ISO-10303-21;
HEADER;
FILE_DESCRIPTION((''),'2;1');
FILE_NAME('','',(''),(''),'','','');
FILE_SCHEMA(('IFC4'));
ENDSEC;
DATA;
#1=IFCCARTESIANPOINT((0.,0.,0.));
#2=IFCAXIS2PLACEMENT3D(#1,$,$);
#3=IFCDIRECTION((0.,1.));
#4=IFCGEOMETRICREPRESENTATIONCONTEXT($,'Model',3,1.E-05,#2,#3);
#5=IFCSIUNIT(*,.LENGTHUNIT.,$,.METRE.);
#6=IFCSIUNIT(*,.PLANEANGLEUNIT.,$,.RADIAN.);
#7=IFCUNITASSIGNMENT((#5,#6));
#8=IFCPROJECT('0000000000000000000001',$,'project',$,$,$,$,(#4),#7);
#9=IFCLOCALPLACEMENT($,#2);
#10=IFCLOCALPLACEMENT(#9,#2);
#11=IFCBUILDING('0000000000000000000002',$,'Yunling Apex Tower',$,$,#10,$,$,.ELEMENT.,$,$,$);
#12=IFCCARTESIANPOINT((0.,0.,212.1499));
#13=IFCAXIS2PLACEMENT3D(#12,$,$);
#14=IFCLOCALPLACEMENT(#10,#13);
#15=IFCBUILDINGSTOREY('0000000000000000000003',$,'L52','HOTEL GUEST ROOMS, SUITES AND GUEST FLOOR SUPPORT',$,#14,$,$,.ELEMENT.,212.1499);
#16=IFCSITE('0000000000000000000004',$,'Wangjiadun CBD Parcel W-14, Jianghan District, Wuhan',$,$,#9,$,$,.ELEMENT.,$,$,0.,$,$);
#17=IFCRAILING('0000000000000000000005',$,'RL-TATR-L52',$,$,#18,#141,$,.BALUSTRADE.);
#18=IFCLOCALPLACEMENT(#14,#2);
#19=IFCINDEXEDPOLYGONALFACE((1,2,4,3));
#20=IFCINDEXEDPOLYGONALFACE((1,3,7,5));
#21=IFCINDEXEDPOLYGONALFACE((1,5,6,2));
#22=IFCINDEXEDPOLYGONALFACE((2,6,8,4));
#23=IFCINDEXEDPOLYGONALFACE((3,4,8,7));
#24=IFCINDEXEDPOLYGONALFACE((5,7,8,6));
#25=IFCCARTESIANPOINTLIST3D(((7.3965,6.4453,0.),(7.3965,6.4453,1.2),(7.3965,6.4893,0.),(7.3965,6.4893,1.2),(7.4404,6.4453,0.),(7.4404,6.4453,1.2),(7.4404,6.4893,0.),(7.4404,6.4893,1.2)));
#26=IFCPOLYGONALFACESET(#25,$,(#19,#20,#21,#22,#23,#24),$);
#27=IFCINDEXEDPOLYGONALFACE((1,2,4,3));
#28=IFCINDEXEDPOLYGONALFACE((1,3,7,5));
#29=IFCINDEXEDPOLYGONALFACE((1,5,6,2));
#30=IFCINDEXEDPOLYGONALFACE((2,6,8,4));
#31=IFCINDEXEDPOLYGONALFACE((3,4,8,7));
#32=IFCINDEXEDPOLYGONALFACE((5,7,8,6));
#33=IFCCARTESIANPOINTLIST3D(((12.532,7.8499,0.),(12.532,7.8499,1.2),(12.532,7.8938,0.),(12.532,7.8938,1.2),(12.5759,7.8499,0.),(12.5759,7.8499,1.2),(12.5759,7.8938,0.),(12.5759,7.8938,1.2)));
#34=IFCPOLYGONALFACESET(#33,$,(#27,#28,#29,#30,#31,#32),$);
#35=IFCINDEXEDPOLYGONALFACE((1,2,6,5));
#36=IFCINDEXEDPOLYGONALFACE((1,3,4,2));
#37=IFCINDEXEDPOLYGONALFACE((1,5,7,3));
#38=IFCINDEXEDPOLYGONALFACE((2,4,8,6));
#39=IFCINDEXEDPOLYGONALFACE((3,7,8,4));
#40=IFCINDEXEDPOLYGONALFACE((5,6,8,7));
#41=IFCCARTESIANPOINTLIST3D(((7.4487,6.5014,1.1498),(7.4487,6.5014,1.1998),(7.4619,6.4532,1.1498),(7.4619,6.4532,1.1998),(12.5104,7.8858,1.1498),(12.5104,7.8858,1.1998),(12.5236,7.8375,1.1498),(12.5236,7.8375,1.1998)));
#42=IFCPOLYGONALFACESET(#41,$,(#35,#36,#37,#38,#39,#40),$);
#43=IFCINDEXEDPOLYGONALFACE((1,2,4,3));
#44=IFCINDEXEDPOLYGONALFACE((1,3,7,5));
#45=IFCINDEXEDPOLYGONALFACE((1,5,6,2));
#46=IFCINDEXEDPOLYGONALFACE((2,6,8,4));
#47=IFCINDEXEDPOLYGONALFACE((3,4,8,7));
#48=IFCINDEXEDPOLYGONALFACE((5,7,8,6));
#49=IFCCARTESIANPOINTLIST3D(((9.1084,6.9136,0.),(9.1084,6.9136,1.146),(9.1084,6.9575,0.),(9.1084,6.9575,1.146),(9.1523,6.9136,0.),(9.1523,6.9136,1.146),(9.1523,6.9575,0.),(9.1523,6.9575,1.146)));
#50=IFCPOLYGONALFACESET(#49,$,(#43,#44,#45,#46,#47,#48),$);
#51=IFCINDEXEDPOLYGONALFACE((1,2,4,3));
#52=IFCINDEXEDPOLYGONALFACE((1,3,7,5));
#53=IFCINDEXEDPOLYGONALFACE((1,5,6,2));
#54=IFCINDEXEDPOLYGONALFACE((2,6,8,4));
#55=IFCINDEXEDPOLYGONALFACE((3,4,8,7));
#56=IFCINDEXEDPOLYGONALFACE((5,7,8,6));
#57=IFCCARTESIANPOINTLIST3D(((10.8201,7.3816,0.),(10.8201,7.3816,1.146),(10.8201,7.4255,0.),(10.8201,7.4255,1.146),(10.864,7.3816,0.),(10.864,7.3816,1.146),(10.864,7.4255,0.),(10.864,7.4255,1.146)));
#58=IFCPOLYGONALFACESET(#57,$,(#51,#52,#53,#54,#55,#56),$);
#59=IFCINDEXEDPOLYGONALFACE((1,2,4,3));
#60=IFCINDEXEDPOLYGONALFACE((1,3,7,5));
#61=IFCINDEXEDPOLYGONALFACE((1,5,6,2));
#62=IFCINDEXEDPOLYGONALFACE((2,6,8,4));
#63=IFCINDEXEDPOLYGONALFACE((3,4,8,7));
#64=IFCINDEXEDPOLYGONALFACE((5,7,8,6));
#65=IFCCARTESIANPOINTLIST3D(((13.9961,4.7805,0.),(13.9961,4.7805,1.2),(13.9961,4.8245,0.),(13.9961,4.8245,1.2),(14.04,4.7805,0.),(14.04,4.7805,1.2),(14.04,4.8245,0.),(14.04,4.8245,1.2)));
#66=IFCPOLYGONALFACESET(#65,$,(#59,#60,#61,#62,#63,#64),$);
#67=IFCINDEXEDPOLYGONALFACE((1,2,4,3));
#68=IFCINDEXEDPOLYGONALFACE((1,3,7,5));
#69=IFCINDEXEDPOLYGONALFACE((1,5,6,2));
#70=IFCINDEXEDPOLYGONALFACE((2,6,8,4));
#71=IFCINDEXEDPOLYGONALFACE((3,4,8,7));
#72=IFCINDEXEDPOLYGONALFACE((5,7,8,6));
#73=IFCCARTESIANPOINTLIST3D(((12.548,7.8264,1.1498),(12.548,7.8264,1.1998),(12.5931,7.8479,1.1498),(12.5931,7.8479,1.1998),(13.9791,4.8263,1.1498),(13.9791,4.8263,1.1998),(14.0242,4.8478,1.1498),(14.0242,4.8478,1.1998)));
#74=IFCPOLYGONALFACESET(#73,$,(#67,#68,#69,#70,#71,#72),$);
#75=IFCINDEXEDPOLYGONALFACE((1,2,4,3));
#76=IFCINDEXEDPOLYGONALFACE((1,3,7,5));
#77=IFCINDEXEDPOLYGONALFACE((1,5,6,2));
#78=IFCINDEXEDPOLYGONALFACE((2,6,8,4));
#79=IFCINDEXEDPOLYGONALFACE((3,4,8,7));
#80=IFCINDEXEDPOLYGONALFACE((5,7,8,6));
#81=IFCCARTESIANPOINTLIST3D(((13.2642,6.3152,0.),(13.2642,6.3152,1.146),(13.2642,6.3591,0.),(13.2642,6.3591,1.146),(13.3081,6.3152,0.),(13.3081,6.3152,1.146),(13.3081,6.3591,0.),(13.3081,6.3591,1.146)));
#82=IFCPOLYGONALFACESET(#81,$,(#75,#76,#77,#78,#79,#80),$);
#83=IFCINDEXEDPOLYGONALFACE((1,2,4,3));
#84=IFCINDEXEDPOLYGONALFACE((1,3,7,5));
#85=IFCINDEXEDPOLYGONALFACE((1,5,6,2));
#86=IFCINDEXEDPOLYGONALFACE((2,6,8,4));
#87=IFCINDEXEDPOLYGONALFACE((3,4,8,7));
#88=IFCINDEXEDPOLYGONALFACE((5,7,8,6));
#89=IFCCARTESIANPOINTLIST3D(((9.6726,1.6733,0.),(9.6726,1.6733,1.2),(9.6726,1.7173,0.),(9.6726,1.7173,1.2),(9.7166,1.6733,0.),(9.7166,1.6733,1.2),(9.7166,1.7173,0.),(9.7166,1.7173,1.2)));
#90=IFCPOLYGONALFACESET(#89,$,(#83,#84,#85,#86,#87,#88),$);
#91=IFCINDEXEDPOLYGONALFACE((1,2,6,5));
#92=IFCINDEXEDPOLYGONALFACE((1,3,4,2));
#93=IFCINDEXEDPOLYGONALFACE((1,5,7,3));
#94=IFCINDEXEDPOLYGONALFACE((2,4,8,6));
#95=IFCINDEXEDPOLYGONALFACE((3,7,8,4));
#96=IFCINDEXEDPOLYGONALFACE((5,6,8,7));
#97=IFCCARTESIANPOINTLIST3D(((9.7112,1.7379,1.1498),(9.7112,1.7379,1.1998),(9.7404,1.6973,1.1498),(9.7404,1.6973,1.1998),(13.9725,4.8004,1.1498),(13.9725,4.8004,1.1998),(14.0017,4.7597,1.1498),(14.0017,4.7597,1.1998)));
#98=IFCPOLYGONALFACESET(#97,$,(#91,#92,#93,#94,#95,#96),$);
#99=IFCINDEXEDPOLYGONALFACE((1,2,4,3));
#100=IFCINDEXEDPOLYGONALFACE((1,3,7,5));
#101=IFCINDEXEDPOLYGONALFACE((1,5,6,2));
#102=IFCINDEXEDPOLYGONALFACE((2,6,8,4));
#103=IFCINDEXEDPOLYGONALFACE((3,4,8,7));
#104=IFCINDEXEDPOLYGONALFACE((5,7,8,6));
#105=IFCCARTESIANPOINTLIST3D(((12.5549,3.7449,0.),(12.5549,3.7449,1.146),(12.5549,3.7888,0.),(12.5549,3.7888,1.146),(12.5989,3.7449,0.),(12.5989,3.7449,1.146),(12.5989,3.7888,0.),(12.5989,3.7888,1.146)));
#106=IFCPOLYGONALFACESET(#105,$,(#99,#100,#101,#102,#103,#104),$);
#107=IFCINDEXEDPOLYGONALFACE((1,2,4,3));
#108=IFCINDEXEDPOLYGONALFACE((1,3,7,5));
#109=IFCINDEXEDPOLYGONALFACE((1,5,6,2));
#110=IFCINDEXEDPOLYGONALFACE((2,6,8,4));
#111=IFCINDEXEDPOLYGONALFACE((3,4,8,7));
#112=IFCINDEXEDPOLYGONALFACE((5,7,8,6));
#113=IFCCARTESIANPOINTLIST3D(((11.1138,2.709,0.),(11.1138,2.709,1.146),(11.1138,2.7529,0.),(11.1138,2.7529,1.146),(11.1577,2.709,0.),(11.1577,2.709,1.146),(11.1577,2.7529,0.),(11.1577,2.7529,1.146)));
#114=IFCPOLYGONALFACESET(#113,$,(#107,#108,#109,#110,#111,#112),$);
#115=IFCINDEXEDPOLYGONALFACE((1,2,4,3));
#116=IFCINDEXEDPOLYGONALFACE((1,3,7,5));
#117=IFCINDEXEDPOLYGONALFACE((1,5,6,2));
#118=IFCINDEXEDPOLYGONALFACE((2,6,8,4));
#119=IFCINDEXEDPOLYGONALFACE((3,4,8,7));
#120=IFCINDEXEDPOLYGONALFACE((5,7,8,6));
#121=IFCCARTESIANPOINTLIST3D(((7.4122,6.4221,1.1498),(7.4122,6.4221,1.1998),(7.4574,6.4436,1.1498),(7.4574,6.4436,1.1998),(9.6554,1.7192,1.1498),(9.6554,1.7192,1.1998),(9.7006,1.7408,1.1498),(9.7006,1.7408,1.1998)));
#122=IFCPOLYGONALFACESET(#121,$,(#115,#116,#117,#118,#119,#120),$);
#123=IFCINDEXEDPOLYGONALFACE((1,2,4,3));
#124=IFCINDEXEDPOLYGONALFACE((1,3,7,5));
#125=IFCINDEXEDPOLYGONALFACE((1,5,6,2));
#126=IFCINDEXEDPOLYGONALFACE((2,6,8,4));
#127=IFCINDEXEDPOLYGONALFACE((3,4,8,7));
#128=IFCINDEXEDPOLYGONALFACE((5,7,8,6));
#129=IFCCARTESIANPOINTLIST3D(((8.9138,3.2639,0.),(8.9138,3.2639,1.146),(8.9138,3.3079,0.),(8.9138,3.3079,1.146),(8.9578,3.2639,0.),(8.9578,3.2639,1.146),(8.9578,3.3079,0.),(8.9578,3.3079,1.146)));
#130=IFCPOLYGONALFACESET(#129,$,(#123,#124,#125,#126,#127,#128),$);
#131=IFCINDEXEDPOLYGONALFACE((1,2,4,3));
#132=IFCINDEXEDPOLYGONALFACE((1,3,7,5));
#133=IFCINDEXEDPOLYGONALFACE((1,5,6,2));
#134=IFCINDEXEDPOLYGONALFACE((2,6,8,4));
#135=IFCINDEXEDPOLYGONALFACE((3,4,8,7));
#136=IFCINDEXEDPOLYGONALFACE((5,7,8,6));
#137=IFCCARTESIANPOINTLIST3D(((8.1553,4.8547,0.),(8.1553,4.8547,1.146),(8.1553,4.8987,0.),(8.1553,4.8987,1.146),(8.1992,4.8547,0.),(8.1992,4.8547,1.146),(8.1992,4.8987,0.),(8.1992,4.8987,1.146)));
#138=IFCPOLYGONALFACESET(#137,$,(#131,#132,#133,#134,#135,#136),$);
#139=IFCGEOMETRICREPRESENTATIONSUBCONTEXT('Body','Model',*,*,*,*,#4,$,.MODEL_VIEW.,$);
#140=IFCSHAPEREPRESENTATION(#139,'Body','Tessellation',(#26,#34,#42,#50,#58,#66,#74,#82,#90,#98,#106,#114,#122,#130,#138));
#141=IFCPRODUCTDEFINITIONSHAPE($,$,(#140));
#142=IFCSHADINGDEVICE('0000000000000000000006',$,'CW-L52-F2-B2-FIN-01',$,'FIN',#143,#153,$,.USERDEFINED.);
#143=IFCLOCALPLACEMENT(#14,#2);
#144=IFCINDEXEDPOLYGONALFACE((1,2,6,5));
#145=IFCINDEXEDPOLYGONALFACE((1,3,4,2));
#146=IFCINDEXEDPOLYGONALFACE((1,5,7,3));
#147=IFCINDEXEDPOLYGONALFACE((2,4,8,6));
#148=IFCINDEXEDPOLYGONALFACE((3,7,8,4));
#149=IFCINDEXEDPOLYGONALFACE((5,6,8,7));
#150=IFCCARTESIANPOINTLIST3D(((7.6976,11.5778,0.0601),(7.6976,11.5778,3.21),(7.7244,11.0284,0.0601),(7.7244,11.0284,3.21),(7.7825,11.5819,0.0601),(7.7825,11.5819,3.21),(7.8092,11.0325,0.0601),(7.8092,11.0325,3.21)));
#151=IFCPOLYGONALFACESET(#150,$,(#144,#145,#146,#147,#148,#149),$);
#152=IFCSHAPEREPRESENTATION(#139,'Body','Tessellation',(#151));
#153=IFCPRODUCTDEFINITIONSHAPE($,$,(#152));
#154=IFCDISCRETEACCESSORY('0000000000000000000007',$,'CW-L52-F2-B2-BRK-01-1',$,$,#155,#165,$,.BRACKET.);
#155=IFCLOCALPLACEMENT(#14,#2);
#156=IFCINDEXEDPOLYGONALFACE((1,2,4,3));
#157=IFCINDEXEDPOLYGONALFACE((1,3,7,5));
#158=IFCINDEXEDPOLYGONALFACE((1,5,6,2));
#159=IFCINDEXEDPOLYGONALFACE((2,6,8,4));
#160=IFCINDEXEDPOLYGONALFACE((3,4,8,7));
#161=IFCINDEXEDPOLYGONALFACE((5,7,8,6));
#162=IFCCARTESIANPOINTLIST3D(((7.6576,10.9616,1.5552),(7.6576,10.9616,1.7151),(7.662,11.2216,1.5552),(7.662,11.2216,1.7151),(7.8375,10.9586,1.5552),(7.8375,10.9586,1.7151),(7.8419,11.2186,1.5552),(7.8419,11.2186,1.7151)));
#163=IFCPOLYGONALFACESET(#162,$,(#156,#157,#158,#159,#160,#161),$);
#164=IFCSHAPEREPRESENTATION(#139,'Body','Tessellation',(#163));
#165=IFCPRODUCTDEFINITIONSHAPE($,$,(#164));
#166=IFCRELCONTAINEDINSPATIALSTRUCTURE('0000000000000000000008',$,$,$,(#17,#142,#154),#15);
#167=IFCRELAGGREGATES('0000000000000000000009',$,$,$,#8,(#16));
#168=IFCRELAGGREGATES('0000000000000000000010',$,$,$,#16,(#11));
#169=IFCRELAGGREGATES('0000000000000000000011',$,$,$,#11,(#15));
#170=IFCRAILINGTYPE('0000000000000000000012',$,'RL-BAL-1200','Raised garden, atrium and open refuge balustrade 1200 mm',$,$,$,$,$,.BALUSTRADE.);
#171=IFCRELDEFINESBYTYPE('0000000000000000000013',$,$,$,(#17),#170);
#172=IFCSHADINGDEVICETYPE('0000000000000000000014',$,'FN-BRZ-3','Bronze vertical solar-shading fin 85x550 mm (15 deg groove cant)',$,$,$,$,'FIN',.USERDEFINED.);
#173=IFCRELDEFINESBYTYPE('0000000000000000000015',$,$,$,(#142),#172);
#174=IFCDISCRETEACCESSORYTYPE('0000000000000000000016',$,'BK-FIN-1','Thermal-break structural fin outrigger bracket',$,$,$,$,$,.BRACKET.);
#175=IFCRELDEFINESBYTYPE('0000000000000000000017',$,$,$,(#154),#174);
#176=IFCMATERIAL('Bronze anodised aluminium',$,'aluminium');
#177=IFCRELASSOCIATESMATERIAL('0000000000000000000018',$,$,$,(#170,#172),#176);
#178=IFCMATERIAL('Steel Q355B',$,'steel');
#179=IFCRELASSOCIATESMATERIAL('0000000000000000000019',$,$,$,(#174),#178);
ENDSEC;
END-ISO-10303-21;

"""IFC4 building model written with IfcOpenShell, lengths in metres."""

from ifc_helpers import new_model, si_unit, direction, frame, origin, origin_2d, place, context, subcontext, project, spatial, rectangle, extrude, source, transform, mapped, material, material_profile, profile_set, type_object, element, save


model = new_model("IFC4")

# Units and contexts
model_context = context("Model", 3, precision=1e-05, world=origin(), true_north=direction((0.0, 1.0)))
body_context = subcontext(model_context, "Body", "Model", "MODEL_VIEW")
ifc_project = project(units=[si_unit("LENGTHUNIT", "METRE"), si_unit("PLANEANGLEUNIT", "RADIAN")], contexts=[model_context])

# Site, building, storey
site_placement = place(None, origin())
site = spatial("IfcSite", under=ifc_project, at=site_placement, Name="Wangjiadun CBD Parcel W-14, Jianghan District, Wuhan", CompositionType="ELEMENT", RefElevation=0.0)
building_placement = place(site_placement, origin())
building = spatial("IfcBuilding", under=site, at=building_placement, Name="Yunling Apex Tower", CompositionType="ELEMENT")
storey_placement = place(building_placement, frame((0.0, 0.0, 212.1499)))
storey = spatial("IfcBuildingStorey", under=building, at=storey_placement, Name="L52", Description="HOTEL GUEST ROOMS, SUITES AND GUEST FLOOR SUPPORT", CompositionType="ELEMENT", Elevation=212.1499)

# Shared definitions
ifc_material_1 = material(Name="Steel Q355B", Category="steel")

# Shared definitions
ifc_material_2 = material(Name="Bronze anodised aluminium", Category="aluminium")

# Railing
railing_type = type_object("IfcRailingType", Name="RL-BAL-1200", Description="Raised garden, atrium and open refuge balustrade 1200 mm", PredefinedType="BALUSTRADE", material=ifc_material_2)
railing_1_placement = place(storey_placement, frame((7.4185, 6.4673, 0.0)))
element("IfcRailing", 1, at=railing_1_placement, inside=storey, type_object=railing_type, Name="RL-TATR-L52", PredefinedType="BALUSTRADE", context=body_context, shape_type="SweptSolid", body=[
    extrude(rectangle(XDim=0.0439, YDim=0.0439, at=origin_2d()), origin(), (0.0, 0.0, 1.0), 1.2),
    extrude(rectangle(XDim=0.0439, YDim=0.0439, at=origin_2d()), frame((5.1355, 1.4045, 0.0)), (0.0, 0.0, 1.0), 1.2),
    extrude(rectangle(XDim=0.05, YDim=0.05, at=origin_2d()), frame((0.0369, 0.01, 1.1748), z_axis=(0.964575, 0.263808, 0.0), x_axis=(-0.263808, 0.964575, 0.0)), (0.0, 0.0, 1.0), 5.2476),
    extrude(rectangle(XDim=0.0439, YDim=0.0439, at=origin_2d()), frame((1.7119, 0.4683, 0.0)), (0.0, 0.0, 1.0), 1.146),
    extrude(rectangle(XDim=0.0439, YDim=0.0439, at=origin_2d()), frame((3.4236, 0.9363, 0.0)), (0.0, 0.0, 1.0), 1.146),
    extrude(rectangle(XDim=0.0439, YDim=0.0439, at=origin_2d()), frame((6.5996, -1.6648, 0.0)), (0.0, 0.0, 1.0), 1.2),
    extrude(rectangle(XDim=0.05, YDim=0.05, at=origin_2d()), frame((5.1521, 1.3699, 1.1748), z_axis=(0.430538, -0.902572, 0.0), x_axis=(0.902572, 0.430538, 0.0)), (0.0, 0.0, 1.0), 3.324),
    extrude(rectangle(XDim=0.0439, YDim=0.0439, at=origin_2d()), frame((5.8677, -0.1301, 0.0)), (0.0, 0.0, 1.0), 1.146),
    extrude(rectangle(XDim=0.0439, YDim=0.0439, at=origin_2d()), frame((2.2761, -4.772, 0.0)), (0.0, 0.0, 1.0), 1.2),
    extrude(rectangle(XDim=0.05, YDim=0.05, at=origin_2d()), frame((6.5686, -1.6873, 1.1748), z_axis=(-0.812045, -0.583595, 0.0), x_axis=(0.583595, -0.812045, 0.0)), (0.0, 0.0, 1.0), 5.2476),
    extrude(rectangle(XDim=0.0439, YDim=0.0439, at=origin_2d()), frame((5.1584, -2.7004, 0.0)), (0.0, 0.0, 1.0), 1.146),
    extrude(rectangle(XDim=0.0439, YDim=0.0439, at=origin_2d()), frame((3.7173, -3.7363, 0.0)), (0.0, 0.0, 1.0), 1.146),
    extrude(rectangle(XDim=0.05, YDim=0.05, at=origin_2d()), frame((2.2595, -4.7373, 1.1748), z_axis=(-0.430512, 0.902585, 0.0), x_axis=(-0.902585, -0.430512, 0.0)), (0.0, 0.0, 1.0), 5.2104),
    extrude(rectangle(XDim=0.0439, YDim=0.0439, at=origin_2d()), frame((1.5173, -3.1814, 0.0)), (0.0, 0.0, 1.0), 1.146),
    extrude(rectangle(XDim=0.0439, YDim=0.0439, at=origin_2d()), frame((0.7588, -1.5906, 0.0)), (0.0, 0.0, 1.0), 1.146),
])

# Shading device
ifc_material_profile_1 = material_profile(ifc_material_2, rectangle(XDim=0.085, YDim=0.55, at=origin_2d()))
ifc_profile_set_1 = profile_set([ifc_material_profile_1], Name="Bronze anodised aluminium")
shading_device_type = type_object("IfcShadingDeviceType", Name="FN-BRZ-3", Description="Bronze vertical solar-shading fin 85x550 mm (15 deg groove cant)", ElementType="FIN", PredefinedType="USERDEFINED", material=ifc_profile_set_1)
shared_shape_1 = source(origin(), body_context, "Body", "SweptSolid", [
    extrude(rectangle(XDim=0.085, YDim=0.55, at=origin_2d()), origin(), (0.0, 0.0, 1.0), 3.1499),
])
shading_device_placement = place(storey_placement, frame((7.7534, 11.3052, 0.0601), z_axis=(0.0, 0.0, 1.0), x_axis=(-0.998815, -0.048675, 0.0)))
element("IfcShadingDevice", 2, at=shading_device_placement, inside=storey, type_object=shading_device_type, Name="CW-L52-F2-B2-FIN-01", ObjectType="FIN", PredefinedType="USERDEFINED", context=body_context, shape_type="MappedRepresentation", body=[
    mapped(shared_shape_1, transform((0.0, 0.0, 0.0), scale=1.0)),
])

# Discrete accessory
discrete_accessory_type = type_object("IfcDiscreteAccessoryType", Name="BK-FIN-1", Description="Thermal-break structural fin outrigger bracket", PredefinedType="BRACKET", material=ifc_material_1)
shared_shape_2 = source(origin(), body_context, "Body", "SweptSolid", [
    extrude(rectangle(XDim=0.1799, YDim=0.26, at=origin_2d()), origin(), (0.0, 0.0, 1.0), 0.1599),
])
discrete_accessory_placement = place(storey_placement, frame((7.7498, 11.0901, 1.5552), z_axis=(0.0, 0.0, 1.0), x_axis=(-0.99986, 0.016754, 0.0)))
element("IfcDiscreteAccessory", 3, at=discrete_accessory_placement, inside=storey, type_object=discrete_accessory_type, Name="CW-L52-F2-B2-BRK-01-1", PredefinedType="BRACKET", context=body_context, shape_type="MappedRepresentation", body=[
    mapped(shared_shape_2, transform((0.0, 0.0, 0.0), scale=1.0)),
])

save(model, "model.ifc")
